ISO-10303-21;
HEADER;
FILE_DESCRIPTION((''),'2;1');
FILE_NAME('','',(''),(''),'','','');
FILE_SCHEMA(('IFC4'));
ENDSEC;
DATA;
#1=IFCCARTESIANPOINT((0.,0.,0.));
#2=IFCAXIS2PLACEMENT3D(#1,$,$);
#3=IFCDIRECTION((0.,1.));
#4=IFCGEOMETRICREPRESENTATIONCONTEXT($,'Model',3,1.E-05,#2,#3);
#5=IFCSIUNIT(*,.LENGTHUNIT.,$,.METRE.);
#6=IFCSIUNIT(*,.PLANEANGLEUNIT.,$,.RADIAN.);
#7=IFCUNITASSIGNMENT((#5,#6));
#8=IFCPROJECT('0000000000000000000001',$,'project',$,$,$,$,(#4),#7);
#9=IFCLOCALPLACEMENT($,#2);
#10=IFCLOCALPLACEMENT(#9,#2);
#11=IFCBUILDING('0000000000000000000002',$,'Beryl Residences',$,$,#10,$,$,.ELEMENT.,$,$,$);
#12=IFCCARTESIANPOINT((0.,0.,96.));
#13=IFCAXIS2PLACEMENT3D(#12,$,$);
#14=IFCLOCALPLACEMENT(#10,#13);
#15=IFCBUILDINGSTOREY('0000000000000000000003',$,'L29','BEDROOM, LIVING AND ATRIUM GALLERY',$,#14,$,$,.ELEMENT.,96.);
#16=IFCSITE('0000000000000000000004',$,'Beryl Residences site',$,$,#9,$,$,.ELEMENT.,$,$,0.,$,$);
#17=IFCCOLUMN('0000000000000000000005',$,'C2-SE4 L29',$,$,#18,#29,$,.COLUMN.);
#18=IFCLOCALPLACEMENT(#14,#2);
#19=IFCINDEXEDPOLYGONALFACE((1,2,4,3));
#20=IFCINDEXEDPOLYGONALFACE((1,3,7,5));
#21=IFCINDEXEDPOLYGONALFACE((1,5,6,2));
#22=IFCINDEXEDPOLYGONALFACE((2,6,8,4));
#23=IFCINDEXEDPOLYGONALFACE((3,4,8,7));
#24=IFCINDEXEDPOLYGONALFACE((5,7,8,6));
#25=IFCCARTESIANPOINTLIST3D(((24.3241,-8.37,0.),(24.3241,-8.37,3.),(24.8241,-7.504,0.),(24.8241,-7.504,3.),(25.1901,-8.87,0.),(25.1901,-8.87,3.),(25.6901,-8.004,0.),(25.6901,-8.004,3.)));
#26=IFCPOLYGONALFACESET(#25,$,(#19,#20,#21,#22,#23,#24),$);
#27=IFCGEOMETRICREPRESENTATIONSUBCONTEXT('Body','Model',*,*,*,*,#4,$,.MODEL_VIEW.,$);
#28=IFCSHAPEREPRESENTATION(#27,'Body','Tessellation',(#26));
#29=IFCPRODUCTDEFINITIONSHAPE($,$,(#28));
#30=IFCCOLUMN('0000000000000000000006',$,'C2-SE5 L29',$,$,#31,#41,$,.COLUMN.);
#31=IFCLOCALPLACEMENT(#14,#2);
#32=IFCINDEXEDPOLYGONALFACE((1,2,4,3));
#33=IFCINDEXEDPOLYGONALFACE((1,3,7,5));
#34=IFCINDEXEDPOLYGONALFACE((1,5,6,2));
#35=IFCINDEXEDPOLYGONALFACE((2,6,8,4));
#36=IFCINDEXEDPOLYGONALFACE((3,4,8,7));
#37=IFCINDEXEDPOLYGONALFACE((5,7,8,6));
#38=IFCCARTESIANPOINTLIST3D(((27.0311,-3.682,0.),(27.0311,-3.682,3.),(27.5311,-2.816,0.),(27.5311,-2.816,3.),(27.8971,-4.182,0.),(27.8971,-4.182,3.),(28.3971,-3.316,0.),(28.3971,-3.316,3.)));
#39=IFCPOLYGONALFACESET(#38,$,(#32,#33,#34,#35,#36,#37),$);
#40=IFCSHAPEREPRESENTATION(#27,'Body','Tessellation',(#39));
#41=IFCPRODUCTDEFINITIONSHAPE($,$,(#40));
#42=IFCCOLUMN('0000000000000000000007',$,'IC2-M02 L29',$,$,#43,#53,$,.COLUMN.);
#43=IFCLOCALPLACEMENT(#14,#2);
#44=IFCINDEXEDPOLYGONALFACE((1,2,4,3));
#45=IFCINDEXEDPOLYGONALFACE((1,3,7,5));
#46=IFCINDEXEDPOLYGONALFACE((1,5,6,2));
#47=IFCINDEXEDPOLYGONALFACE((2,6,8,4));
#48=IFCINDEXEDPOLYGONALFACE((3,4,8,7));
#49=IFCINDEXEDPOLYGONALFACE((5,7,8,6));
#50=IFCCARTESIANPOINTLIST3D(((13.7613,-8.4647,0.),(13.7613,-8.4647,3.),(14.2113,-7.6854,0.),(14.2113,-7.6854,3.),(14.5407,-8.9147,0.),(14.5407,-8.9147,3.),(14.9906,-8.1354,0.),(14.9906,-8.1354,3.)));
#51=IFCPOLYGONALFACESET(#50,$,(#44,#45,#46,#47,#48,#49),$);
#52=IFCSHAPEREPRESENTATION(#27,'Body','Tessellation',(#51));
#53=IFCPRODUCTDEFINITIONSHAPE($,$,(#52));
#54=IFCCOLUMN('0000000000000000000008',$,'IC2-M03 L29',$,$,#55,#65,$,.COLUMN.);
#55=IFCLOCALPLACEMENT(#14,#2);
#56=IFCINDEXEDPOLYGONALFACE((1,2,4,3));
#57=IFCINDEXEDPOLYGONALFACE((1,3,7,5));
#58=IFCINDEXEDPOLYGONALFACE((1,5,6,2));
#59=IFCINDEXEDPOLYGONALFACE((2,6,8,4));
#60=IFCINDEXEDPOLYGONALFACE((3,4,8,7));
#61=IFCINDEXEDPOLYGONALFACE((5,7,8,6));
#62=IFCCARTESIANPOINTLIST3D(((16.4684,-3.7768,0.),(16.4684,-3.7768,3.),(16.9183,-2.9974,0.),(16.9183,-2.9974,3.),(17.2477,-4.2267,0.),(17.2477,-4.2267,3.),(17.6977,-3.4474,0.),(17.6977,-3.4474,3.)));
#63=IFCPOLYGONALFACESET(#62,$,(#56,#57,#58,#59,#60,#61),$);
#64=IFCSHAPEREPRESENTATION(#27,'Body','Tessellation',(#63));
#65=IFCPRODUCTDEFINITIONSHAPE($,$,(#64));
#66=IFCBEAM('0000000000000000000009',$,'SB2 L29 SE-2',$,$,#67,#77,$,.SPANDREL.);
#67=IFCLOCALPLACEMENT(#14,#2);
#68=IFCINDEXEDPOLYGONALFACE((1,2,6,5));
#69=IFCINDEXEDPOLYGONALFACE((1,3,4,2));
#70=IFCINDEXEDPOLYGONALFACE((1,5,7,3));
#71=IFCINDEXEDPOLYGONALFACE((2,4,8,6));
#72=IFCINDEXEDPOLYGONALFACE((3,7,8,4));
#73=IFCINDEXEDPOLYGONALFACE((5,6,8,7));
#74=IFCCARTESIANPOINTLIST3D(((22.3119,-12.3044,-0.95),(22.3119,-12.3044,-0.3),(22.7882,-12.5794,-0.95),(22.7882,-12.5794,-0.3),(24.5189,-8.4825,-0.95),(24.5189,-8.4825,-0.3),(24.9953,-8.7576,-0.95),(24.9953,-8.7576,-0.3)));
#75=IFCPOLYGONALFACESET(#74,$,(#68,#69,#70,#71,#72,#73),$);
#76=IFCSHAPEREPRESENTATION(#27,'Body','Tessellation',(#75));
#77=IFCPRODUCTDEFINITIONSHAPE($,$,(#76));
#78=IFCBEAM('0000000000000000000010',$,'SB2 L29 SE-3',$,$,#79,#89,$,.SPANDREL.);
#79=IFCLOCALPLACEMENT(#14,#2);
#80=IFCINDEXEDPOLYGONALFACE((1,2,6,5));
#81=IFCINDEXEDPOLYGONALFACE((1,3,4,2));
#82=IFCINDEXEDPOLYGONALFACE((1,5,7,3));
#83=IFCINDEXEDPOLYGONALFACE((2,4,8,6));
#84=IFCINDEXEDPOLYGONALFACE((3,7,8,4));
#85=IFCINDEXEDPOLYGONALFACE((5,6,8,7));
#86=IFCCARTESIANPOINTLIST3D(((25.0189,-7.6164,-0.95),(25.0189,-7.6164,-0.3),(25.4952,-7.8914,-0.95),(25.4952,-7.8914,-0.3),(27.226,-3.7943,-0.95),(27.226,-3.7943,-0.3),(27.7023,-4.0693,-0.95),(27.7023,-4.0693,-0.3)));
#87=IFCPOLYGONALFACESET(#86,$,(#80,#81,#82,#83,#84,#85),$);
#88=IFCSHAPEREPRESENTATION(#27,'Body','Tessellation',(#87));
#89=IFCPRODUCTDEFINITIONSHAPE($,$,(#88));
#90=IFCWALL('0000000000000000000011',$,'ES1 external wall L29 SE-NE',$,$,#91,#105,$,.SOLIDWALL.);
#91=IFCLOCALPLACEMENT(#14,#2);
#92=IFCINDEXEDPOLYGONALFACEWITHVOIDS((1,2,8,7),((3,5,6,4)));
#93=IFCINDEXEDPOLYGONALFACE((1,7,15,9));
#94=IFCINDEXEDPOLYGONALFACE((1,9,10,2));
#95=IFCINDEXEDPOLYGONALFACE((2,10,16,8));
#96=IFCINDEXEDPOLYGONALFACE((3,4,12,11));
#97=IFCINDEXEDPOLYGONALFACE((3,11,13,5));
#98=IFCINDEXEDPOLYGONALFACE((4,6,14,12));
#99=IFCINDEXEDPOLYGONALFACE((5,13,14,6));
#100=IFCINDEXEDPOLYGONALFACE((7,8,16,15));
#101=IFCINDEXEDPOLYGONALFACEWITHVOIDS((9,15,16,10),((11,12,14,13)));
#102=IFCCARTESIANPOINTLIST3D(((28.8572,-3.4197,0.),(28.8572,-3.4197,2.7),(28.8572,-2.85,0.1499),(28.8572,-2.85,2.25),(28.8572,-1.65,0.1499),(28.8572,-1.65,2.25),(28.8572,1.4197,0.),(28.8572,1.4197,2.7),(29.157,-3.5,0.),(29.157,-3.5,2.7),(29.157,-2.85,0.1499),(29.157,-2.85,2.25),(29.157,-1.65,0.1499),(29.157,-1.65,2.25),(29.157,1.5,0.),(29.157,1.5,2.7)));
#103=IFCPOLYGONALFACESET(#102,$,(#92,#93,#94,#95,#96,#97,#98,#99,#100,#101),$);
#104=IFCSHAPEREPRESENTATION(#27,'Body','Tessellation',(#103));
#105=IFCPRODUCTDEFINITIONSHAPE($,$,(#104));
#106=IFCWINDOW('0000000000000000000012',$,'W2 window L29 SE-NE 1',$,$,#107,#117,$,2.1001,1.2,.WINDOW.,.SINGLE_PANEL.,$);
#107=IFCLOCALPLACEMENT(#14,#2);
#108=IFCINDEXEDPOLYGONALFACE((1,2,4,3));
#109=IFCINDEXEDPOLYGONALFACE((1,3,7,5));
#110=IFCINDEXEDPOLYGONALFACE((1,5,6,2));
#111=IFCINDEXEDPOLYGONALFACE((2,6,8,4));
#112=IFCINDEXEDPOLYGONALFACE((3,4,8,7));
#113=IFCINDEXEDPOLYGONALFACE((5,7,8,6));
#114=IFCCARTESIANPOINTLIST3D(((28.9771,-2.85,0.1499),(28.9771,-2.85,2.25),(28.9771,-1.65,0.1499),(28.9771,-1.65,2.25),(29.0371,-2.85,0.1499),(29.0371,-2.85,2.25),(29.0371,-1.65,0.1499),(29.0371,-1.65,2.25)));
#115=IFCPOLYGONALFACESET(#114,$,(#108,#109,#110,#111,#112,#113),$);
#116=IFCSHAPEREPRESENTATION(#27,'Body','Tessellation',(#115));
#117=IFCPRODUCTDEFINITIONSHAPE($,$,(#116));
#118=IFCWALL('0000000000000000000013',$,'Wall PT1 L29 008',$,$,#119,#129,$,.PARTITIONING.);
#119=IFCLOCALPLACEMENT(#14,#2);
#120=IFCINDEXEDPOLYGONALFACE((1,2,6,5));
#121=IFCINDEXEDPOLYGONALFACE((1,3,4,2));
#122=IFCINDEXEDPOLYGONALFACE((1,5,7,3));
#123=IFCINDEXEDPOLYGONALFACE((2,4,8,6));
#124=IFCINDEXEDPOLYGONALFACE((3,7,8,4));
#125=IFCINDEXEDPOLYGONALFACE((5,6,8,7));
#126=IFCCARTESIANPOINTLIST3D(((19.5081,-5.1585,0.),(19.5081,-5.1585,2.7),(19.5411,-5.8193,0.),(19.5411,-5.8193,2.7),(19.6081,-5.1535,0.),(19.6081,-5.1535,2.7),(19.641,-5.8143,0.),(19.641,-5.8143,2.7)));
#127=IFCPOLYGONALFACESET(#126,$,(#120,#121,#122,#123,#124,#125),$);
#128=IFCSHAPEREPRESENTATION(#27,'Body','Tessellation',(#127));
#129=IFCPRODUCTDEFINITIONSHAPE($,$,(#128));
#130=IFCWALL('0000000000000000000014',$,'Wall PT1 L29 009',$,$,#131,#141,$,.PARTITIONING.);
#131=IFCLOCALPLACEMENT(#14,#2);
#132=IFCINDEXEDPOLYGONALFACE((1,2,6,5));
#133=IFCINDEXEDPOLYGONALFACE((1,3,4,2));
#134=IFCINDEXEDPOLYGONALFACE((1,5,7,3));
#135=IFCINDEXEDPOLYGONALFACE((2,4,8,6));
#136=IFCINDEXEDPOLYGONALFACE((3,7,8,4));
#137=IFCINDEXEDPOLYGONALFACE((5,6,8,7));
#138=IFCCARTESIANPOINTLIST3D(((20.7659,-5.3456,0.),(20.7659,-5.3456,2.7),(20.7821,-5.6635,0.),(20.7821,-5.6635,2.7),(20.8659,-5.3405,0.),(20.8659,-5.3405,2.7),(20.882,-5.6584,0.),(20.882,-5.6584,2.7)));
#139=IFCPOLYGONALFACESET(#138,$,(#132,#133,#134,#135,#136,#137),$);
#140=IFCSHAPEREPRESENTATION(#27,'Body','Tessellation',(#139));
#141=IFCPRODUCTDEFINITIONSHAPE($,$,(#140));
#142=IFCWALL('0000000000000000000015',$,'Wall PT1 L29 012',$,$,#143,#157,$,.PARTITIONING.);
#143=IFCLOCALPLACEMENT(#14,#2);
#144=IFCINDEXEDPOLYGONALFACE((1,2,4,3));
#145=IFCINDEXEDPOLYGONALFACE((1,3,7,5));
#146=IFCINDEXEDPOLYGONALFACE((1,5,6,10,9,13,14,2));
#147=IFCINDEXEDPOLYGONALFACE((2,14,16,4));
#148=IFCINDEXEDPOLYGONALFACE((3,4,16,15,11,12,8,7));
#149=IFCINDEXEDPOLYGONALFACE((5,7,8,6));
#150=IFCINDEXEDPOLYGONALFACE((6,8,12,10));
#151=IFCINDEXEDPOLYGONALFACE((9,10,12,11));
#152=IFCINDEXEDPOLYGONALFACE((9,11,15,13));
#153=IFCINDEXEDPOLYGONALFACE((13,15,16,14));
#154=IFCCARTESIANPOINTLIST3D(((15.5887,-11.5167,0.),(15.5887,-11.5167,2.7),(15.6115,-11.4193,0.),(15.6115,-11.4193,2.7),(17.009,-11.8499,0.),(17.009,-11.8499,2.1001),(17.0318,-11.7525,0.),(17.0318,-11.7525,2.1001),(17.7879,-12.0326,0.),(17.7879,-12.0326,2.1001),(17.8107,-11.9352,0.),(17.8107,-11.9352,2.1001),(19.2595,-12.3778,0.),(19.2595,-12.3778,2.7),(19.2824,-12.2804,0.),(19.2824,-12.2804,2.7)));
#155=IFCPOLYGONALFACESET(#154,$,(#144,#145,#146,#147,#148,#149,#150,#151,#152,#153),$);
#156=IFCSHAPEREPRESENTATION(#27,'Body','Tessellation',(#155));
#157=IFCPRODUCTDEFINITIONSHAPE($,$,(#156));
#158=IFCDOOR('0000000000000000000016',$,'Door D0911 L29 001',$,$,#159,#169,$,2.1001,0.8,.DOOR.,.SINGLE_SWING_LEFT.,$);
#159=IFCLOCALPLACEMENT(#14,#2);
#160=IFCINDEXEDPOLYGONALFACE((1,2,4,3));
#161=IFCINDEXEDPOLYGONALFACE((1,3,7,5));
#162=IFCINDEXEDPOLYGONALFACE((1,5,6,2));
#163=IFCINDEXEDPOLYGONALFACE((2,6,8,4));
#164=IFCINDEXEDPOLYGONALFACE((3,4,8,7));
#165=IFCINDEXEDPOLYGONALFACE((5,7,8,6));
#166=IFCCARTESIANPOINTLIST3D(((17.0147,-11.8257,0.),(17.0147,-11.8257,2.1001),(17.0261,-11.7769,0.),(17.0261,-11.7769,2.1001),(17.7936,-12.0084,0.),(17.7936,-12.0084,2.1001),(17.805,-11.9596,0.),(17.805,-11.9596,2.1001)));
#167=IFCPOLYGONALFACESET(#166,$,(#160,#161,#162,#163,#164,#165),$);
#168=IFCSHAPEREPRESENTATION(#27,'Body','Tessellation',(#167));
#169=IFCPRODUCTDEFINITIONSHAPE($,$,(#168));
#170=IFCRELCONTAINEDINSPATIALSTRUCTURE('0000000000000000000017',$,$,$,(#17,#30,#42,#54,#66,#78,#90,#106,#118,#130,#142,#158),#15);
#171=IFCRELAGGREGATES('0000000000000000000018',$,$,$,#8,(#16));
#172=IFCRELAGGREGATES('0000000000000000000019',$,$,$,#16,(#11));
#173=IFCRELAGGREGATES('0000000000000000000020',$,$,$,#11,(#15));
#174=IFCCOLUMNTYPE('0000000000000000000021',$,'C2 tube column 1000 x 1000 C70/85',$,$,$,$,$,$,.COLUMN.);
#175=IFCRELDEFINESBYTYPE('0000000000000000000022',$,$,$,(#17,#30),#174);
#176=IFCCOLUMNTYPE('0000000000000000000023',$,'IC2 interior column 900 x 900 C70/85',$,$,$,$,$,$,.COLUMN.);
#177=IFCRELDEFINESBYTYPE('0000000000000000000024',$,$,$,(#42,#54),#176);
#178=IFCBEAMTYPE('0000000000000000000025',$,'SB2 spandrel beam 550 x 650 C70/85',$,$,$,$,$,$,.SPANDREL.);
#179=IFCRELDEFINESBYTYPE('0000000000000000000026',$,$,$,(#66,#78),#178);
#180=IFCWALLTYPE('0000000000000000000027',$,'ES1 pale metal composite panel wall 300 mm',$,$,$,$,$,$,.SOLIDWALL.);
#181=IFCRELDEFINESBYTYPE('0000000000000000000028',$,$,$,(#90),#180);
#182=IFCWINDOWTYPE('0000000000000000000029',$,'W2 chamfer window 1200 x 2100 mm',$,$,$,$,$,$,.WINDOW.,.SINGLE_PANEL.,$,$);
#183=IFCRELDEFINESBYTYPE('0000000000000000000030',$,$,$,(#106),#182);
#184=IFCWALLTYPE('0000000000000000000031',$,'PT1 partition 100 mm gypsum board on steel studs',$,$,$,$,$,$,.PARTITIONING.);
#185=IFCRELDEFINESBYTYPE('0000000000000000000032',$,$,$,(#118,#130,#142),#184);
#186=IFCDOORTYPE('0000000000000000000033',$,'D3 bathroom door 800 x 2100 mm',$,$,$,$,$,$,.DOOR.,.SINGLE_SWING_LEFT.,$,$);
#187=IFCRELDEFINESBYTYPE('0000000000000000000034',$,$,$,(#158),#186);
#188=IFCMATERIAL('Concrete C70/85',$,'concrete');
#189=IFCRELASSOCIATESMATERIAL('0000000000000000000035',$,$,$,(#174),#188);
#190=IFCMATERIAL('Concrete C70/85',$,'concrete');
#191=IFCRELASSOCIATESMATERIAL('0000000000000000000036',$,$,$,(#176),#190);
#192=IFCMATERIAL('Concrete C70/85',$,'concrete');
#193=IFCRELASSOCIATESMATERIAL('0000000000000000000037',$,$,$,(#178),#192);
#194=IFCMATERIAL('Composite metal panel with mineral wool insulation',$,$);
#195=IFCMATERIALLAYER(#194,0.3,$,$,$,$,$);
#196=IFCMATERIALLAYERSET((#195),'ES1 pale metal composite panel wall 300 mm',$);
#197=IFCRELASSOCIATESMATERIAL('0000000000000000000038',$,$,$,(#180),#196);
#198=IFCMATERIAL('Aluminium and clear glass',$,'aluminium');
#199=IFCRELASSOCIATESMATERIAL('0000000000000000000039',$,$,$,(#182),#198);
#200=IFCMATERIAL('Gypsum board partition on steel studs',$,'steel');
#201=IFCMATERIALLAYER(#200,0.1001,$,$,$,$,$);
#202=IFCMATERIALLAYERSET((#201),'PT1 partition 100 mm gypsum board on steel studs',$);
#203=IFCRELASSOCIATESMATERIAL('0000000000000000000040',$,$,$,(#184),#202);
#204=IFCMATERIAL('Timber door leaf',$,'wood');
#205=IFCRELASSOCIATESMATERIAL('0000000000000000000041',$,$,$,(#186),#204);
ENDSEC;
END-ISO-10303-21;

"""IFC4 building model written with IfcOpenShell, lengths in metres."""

from ifc_helpers import new_model, si_unit, direction, frame, frame_2d, origin, origin_2d, place, context, subcontext, project, spatial, polyline, rectangle, outline, extrude, material, layer, layer_set, material_profile, profile_set, type_object, element, fill, save


model = new_model("IFC4")

# Units and contexts
model_context = context("Model", 3, precision=1e-05, world=origin(), true_north=direction((0.0, 1.0)))
body_context = subcontext(model_context, "Body", "Model", "MODEL_VIEW")
ifc_project = project(units=[si_unit("LENGTHUNIT", "METRE"), si_unit("PLANEANGLEUNIT", "RADIAN")], contexts=[model_context])

# Site, building, storey
site_placement = place(None, origin())
site = spatial("IfcSite", under=ifc_project, at=site_placement, Name="Beryl Residences site", CompositionType="ELEMENT", RefElevation=0.0)
building_placement = place(site_placement, origin())
building = spatial("IfcBuilding", under=site, at=building_placement, Name="Beryl Residences", CompositionType="ELEMENT")
storey_placement = place(building_placement, frame((0.0, 0.0, 96.0)))
storey = spatial("IfcBuildingStorey", under=building, at=storey_placement, Name="L29", Description="BEDROOM, LIVING AND ATRIUM GALLERY", CompositionType="ELEMENT", Elevation=96.0)

# Columns
ifc_material_1 = material(Name="Concrete C70/85", Category="concrete")
ifc_material_profile_1 = material_profile(ifc_material_1, rectangle(XDim=1.0, YDim=1.0, at=origin_2d()))
ifc_profile_set_1 = profile_set([ifc_material_profile_1], Name="Concrete C70/85")
column_type_1 = type_object("IfcColumnType", Name="C2 tube column 1000 x 1000 C70/85", PredefinedType="COLUMN", material=ifc_profile_set_1)
for number, where, z_axis, x_axis, name in (
    (1, (25.0071, -8.187, 0.0), (0.0, 0.0, 1.0), (0.5, 0.866025, 0.0), "C2-SE4 L29"),
    (2, (27.7141, -3.499, 0.0), (0.0, 0.0, 1.0), (0.5, 0.866025, 0.0), "C2-SE5 L29"),
):
    element("IfcColumn", number, at=place(storey_placement, frame(where, z_axis=z_axis, x_axis=x_axis)), inside=storey, type_object=column_type_1, Name=name, PredefinedType="COLUMN", context=body_context, shape_type="SweptSolid", body=[
        extrude(rectangle(XDim=1.0, YDim=1.0, at=origin_2d()), origin(), (0.0, 0.0, 1.0), 3.0),
    ])
ifc_material_2 = material(Name="Concrete C70/85", Category="concrete")
ifc_material_profile_2 = material_profile(ifc_material_2, rectangle(XDim=0.8999, YDim=0.8999, at=origin_2d()))
ifc_profile_set_2 = profile_set([ifc_material_profile_2], Name="Concrete C70/85")
column_type_2 = type_object("IfcColumnType", Name="IC2 interior column 900 x 900 C70/85", PredefinedType="COLUMN", material=ifc_profile_set_2)
for number, where, z_axis, x_axis, name in (
    (3, (14.376, -8.3, 0.0), (0.0, 0.0, 1.0), (0.5, 0.866025, 0.0), "IC2-M02 L29"),
    (4, (17.083, -3.6121, 0.0), (0.0, 0.0, 1.0), (0.5, 0.866025, 0.0), "IC2-M03 L29"),
):
    element("IfcColumn", number, at=place(storey_placement, frame(where, z_axis=z_axis, x_axis=x_axis)), inside=storey, type_object=column_type_2, Name=name, PredefinedType="COLUMN", context=body_context, shape_type="SweptSolid", body=[
        extrude(rectangle(XDim=0.8999, YDim=0.8999, at=origin_2d()), origin(), (0.0, 0.0, 1.0), 3.0),
    ])

# Beams
ifc_material_3 = material(Name="Concrete C70/85", Category="concrete")
ifc_material_profile_3 = material_profile(ifc_material_3, rectangle(XDim=0.55, YDim=0.6499, at=origin_2d()))
ifc_profile_set_3 = profile_set([ifc_material_profile_3], Name="Concrete C70/85")
beam_type = type_object("IfcBeamType", Name="SB2 spandrel beam 550 x 650 C70/85", PredefinedType="SPANDREL", material=ifc_profile_set_3)
beam_1_placement = place(storey_placement, frame((22.55, -12.4419, -0.625), z_axis=(0.50009, 0.865974, 0.0), x_axis=(-0.865974, 0.50009, 0.0)))
element("IfcBeam", 5, at=beam_1_placement, inside=storey, type_object=beam_type, Name="SB2 L29 SE-2", PredefinedType="SPANDREL", context=body_context, shape_type="SweptSolid", body=[
    extrude(rectangle(XDim=0.55, YDim=0.6499, at=origin_2d()), origin(), (0.0, 0.0, 1.0), 4.4133),
])
beam_2_placement = place(storey_placement, frame((25.2571, -7.7539, -0.625), z_axis=(0.500066, 0.865988, 0.0), x_axis=(-0.865988, 0.500066, 0.0)))
element("IfcBeam", 6, at=beam_2_placement, inside=storey, type_object=beam_type, Name="SB2 L29 SE-3", PredefinedType="SPANDREL", context=body_context, shape_type="SweptSolid", body=[
    extrude(rectangle(XDim=0.55, YDim=0.6499, at=origin_2d()), origin(), (0.0, 0.0, 1.0), 4.4136),
])

# Wall, opening, window
ifc_material_4 = material(Name="Composite metal panel with mineral wool insulation")
ifc_layer_1 = layer(ifc_material_4, 0.3)
ifc_layer_set_1 = layer_set([ifc_layer_1], Name="ES1 pale metal composite panel wall 300 mm")
wall_type_1 = type_object("IfcWallType", Name="ES1 pale metal composite panel wall 300 mm", PredefinedType="SOLIDWALL", material=ifc_layer_set_1)
wall_1_placement = place(storey_placement, frame((29.0071, -3.5, 0.0), z_axis=(0.0, 0.0, 1.0), x_axis=(0.0, 1.0, 0.0)))
wall_1 = element("IfcWall", 7, at=wall_1_placement, inside=storey, type_object=wall_type_1, Name="ES1 external wall L29 SE-NE", PredefinedType="SOLIDWALL", context=body_context, shape_type="SweptSolid", body=[
    extrude(outline(polyline([(0.0, -0.1499), (5.0, -0.1499), (4.9197, 0.1499), (0.0803, 0.1499), (0.0, -0.1499)])), origin(), (0.0, 0.0, 1.0), 2.7),
])
opening_1_placement = place(wall_1_placement, frame((0.6499, 0.0, 0.1499)))
opening_1 = element("IfcOpeningElement", 8, at=opening_1_placement, cuts=wall_1, PredefinedType="OPENING", context=body_context, shape_type="SweptSolid", body=[
    extrude(rectangle(XDim=1.2, YDim=2.1001, at=frame_2d((0.6001, 1.05))), frame((0.0, 0.1599, 0.0), z_axis=(0.0, -1.0, 0.0), x_axis=(1.0, 0.0, 0.0)), (0.0, 0.0, 1.0), 0.3201),
])
ifc_material_5 = material(Name="Aluminium and clear glass", Category="aluminium")
window_type = type_object("IfcWindowType", Name="W2 chamfer window 1200 x 2100 mm", PartitioningType="SINGLE_PANEL", PredefinedType="WINDOW", material=ifc_material_5)
window_placement = place(opening_1_placement, origin())
window = element("IfcWindow", 9, at=window_placement, inside=storey, type_object=window_type, Name="W2 window L29 SE-NE 1", OverallHeight=2.1001, OverallWidth=1.2, PartitioningType="SINGLE_PANEL", PredefinedType="WINDOW", context=body_context, shape_type="SweptSolid", body=[
    extrude(rectangle(XDim=1.2, YDim=2.1001, at=frame_2d((0.6001, 1.05))), frame((0.0, 0.03, 0.0), z_axis=(0.0, -1.0, 0.0), x_axis=(1.0, 0.0, 0.0)), (0.0, 0.0, 1.0), 0.0601),
])
fill(opening_1, window)

# Walls
ifc_material_6 = material(Name="Gypsum board partition on steel studs", Category="steel")
ifc_layer_2 = layer(ifc_material_6, 0.1001)
ifc_layer_set_2 = layer_set([ifc_layer_2], Name="PT1 partition 100 mm gypsum board on steel studs")
wall_type_2 = type_object("IfcWallType", Name="PT1 partition 100 mm gypsum board on steel studs", PredefinedType="PARTITIONING", material=ifc_layer_set_2)
wall_2_placement = place(storey_placement, frame((19.5581, -5.156, 0.0), z_axis=(0.0, 0.0, 1.0), x_axis=(0.049809, -0.998759, 0.0)))
element("IfcWall", 10, at=wall_2_placement, inside=storey, type_object=wall_type_2, Name="Wall PT1 L29 008", PredefinedType="PARTITIONING", context=body_context, shape_type="SweptSolid", body=[
    extrude(rectangle(XDim=0.6616, YDim=0.1001, at=frame_2d((0.3308, 0.0))), origin(), (0.0, 0.0, 1.0), 2.7),
])
wall_3_placement = place(storey_placement, frame((20.8159, -5.343, 0.0), z_axis=(0.0, 0.0, 1.0), x_axis=(0.050626, -0.998718, 0.0)))
element("IfcWall", 11, at=wall_3_placement, inside=storey, type_object=wall_type_2, Name="Wall PT1 L29 009", PredefinedType="PARTITIONING", context=body_context, shape_type="SweptSolid", body=[
    extrude(rectangle(XDim=0.3184, YDim=0.1001, at=frame_2d((0.1592, 0.0))), origin(), (0.0, 0.0, 1.0), 2.7),
])

# Wall, opening, door
wall_4_placement = place(storey_placement, frame((15.6001, -11.468, 0.0), z_axis=(0.0, 0.0, 1.0), x_axis=(0.973574, -0.228372, 0.0)))
wall_4 = element("IfcWall", 12, at=wall_4_placement, inside=storey, type_object=wall_type_2, Name="Wall PT1 L29 012", PredefinedType="PARTITIONING", context=body_context, shape_type="SweptSolid", body=[
    extrude(rectangle(XDim=3.7705, YDim=0.1001, at=frame_2d((1.8853, 0.0))), origin(), (0.0, 0.0, 1.0), 2.7),
])
opening_2_placement = place(wall_4_placement, frame((1.459, 0.0, 0.0)))
opening_2 = element("IfcOpeningElement", 13, at=opening_2_placement, cuts=wall_4, PredefinedType="OPENING", context=body_context, shape_type="SweptSolid", body=[
    extrude(rectangle(XDim=0.8, YDim=2.1001, at=frame_2d((0.3999, 1.05))), frame((0.0, 0.0601, 0.0), z_axis=(0.0, -1.0, 0.0), x_axis=(1.0, 0.0, 0.0)), (0.0, 0.0, 1.0), 0.1201),
])
ifc_material_7 = material(Name="Timber door leaf", Category="wood")
door_type_1 = type_object("IfcDoorType", Name="D3 bathroom door 800 x 2100 mm", OperationType="SINGLE_SWING_LEFT", PredefinedType="DOOR", material=ifc_material_7)
door_1_placement = place(opening_2_placement, origin())
door_1 = element("IfcDoor", 14, at=door_1_placement, inside=storey, type_object=door_type_1, Name="Door D0911 L29 001", OperationType="SINGLE_SWING_LEFT", OverallHeight=2.1001, OverallWidth=0.8, PredefinedType="DOOR", context=body_context, shape_type="SweptSolid", body=[
    extrude(rectangle(XDim=0.8, YDim=2.1001, at=frame_2d((0.3999, 1.05))), frame((0.0, 0.0249, 0.0), z_axis=(0.0, -1.0, 0.0), x_axis=(1.0, 0.0, 0.0)), (0.0, 0.0, 1.0), 0.05),
])
fill(opening_2, door_1)

save(model, "model.ifc")
